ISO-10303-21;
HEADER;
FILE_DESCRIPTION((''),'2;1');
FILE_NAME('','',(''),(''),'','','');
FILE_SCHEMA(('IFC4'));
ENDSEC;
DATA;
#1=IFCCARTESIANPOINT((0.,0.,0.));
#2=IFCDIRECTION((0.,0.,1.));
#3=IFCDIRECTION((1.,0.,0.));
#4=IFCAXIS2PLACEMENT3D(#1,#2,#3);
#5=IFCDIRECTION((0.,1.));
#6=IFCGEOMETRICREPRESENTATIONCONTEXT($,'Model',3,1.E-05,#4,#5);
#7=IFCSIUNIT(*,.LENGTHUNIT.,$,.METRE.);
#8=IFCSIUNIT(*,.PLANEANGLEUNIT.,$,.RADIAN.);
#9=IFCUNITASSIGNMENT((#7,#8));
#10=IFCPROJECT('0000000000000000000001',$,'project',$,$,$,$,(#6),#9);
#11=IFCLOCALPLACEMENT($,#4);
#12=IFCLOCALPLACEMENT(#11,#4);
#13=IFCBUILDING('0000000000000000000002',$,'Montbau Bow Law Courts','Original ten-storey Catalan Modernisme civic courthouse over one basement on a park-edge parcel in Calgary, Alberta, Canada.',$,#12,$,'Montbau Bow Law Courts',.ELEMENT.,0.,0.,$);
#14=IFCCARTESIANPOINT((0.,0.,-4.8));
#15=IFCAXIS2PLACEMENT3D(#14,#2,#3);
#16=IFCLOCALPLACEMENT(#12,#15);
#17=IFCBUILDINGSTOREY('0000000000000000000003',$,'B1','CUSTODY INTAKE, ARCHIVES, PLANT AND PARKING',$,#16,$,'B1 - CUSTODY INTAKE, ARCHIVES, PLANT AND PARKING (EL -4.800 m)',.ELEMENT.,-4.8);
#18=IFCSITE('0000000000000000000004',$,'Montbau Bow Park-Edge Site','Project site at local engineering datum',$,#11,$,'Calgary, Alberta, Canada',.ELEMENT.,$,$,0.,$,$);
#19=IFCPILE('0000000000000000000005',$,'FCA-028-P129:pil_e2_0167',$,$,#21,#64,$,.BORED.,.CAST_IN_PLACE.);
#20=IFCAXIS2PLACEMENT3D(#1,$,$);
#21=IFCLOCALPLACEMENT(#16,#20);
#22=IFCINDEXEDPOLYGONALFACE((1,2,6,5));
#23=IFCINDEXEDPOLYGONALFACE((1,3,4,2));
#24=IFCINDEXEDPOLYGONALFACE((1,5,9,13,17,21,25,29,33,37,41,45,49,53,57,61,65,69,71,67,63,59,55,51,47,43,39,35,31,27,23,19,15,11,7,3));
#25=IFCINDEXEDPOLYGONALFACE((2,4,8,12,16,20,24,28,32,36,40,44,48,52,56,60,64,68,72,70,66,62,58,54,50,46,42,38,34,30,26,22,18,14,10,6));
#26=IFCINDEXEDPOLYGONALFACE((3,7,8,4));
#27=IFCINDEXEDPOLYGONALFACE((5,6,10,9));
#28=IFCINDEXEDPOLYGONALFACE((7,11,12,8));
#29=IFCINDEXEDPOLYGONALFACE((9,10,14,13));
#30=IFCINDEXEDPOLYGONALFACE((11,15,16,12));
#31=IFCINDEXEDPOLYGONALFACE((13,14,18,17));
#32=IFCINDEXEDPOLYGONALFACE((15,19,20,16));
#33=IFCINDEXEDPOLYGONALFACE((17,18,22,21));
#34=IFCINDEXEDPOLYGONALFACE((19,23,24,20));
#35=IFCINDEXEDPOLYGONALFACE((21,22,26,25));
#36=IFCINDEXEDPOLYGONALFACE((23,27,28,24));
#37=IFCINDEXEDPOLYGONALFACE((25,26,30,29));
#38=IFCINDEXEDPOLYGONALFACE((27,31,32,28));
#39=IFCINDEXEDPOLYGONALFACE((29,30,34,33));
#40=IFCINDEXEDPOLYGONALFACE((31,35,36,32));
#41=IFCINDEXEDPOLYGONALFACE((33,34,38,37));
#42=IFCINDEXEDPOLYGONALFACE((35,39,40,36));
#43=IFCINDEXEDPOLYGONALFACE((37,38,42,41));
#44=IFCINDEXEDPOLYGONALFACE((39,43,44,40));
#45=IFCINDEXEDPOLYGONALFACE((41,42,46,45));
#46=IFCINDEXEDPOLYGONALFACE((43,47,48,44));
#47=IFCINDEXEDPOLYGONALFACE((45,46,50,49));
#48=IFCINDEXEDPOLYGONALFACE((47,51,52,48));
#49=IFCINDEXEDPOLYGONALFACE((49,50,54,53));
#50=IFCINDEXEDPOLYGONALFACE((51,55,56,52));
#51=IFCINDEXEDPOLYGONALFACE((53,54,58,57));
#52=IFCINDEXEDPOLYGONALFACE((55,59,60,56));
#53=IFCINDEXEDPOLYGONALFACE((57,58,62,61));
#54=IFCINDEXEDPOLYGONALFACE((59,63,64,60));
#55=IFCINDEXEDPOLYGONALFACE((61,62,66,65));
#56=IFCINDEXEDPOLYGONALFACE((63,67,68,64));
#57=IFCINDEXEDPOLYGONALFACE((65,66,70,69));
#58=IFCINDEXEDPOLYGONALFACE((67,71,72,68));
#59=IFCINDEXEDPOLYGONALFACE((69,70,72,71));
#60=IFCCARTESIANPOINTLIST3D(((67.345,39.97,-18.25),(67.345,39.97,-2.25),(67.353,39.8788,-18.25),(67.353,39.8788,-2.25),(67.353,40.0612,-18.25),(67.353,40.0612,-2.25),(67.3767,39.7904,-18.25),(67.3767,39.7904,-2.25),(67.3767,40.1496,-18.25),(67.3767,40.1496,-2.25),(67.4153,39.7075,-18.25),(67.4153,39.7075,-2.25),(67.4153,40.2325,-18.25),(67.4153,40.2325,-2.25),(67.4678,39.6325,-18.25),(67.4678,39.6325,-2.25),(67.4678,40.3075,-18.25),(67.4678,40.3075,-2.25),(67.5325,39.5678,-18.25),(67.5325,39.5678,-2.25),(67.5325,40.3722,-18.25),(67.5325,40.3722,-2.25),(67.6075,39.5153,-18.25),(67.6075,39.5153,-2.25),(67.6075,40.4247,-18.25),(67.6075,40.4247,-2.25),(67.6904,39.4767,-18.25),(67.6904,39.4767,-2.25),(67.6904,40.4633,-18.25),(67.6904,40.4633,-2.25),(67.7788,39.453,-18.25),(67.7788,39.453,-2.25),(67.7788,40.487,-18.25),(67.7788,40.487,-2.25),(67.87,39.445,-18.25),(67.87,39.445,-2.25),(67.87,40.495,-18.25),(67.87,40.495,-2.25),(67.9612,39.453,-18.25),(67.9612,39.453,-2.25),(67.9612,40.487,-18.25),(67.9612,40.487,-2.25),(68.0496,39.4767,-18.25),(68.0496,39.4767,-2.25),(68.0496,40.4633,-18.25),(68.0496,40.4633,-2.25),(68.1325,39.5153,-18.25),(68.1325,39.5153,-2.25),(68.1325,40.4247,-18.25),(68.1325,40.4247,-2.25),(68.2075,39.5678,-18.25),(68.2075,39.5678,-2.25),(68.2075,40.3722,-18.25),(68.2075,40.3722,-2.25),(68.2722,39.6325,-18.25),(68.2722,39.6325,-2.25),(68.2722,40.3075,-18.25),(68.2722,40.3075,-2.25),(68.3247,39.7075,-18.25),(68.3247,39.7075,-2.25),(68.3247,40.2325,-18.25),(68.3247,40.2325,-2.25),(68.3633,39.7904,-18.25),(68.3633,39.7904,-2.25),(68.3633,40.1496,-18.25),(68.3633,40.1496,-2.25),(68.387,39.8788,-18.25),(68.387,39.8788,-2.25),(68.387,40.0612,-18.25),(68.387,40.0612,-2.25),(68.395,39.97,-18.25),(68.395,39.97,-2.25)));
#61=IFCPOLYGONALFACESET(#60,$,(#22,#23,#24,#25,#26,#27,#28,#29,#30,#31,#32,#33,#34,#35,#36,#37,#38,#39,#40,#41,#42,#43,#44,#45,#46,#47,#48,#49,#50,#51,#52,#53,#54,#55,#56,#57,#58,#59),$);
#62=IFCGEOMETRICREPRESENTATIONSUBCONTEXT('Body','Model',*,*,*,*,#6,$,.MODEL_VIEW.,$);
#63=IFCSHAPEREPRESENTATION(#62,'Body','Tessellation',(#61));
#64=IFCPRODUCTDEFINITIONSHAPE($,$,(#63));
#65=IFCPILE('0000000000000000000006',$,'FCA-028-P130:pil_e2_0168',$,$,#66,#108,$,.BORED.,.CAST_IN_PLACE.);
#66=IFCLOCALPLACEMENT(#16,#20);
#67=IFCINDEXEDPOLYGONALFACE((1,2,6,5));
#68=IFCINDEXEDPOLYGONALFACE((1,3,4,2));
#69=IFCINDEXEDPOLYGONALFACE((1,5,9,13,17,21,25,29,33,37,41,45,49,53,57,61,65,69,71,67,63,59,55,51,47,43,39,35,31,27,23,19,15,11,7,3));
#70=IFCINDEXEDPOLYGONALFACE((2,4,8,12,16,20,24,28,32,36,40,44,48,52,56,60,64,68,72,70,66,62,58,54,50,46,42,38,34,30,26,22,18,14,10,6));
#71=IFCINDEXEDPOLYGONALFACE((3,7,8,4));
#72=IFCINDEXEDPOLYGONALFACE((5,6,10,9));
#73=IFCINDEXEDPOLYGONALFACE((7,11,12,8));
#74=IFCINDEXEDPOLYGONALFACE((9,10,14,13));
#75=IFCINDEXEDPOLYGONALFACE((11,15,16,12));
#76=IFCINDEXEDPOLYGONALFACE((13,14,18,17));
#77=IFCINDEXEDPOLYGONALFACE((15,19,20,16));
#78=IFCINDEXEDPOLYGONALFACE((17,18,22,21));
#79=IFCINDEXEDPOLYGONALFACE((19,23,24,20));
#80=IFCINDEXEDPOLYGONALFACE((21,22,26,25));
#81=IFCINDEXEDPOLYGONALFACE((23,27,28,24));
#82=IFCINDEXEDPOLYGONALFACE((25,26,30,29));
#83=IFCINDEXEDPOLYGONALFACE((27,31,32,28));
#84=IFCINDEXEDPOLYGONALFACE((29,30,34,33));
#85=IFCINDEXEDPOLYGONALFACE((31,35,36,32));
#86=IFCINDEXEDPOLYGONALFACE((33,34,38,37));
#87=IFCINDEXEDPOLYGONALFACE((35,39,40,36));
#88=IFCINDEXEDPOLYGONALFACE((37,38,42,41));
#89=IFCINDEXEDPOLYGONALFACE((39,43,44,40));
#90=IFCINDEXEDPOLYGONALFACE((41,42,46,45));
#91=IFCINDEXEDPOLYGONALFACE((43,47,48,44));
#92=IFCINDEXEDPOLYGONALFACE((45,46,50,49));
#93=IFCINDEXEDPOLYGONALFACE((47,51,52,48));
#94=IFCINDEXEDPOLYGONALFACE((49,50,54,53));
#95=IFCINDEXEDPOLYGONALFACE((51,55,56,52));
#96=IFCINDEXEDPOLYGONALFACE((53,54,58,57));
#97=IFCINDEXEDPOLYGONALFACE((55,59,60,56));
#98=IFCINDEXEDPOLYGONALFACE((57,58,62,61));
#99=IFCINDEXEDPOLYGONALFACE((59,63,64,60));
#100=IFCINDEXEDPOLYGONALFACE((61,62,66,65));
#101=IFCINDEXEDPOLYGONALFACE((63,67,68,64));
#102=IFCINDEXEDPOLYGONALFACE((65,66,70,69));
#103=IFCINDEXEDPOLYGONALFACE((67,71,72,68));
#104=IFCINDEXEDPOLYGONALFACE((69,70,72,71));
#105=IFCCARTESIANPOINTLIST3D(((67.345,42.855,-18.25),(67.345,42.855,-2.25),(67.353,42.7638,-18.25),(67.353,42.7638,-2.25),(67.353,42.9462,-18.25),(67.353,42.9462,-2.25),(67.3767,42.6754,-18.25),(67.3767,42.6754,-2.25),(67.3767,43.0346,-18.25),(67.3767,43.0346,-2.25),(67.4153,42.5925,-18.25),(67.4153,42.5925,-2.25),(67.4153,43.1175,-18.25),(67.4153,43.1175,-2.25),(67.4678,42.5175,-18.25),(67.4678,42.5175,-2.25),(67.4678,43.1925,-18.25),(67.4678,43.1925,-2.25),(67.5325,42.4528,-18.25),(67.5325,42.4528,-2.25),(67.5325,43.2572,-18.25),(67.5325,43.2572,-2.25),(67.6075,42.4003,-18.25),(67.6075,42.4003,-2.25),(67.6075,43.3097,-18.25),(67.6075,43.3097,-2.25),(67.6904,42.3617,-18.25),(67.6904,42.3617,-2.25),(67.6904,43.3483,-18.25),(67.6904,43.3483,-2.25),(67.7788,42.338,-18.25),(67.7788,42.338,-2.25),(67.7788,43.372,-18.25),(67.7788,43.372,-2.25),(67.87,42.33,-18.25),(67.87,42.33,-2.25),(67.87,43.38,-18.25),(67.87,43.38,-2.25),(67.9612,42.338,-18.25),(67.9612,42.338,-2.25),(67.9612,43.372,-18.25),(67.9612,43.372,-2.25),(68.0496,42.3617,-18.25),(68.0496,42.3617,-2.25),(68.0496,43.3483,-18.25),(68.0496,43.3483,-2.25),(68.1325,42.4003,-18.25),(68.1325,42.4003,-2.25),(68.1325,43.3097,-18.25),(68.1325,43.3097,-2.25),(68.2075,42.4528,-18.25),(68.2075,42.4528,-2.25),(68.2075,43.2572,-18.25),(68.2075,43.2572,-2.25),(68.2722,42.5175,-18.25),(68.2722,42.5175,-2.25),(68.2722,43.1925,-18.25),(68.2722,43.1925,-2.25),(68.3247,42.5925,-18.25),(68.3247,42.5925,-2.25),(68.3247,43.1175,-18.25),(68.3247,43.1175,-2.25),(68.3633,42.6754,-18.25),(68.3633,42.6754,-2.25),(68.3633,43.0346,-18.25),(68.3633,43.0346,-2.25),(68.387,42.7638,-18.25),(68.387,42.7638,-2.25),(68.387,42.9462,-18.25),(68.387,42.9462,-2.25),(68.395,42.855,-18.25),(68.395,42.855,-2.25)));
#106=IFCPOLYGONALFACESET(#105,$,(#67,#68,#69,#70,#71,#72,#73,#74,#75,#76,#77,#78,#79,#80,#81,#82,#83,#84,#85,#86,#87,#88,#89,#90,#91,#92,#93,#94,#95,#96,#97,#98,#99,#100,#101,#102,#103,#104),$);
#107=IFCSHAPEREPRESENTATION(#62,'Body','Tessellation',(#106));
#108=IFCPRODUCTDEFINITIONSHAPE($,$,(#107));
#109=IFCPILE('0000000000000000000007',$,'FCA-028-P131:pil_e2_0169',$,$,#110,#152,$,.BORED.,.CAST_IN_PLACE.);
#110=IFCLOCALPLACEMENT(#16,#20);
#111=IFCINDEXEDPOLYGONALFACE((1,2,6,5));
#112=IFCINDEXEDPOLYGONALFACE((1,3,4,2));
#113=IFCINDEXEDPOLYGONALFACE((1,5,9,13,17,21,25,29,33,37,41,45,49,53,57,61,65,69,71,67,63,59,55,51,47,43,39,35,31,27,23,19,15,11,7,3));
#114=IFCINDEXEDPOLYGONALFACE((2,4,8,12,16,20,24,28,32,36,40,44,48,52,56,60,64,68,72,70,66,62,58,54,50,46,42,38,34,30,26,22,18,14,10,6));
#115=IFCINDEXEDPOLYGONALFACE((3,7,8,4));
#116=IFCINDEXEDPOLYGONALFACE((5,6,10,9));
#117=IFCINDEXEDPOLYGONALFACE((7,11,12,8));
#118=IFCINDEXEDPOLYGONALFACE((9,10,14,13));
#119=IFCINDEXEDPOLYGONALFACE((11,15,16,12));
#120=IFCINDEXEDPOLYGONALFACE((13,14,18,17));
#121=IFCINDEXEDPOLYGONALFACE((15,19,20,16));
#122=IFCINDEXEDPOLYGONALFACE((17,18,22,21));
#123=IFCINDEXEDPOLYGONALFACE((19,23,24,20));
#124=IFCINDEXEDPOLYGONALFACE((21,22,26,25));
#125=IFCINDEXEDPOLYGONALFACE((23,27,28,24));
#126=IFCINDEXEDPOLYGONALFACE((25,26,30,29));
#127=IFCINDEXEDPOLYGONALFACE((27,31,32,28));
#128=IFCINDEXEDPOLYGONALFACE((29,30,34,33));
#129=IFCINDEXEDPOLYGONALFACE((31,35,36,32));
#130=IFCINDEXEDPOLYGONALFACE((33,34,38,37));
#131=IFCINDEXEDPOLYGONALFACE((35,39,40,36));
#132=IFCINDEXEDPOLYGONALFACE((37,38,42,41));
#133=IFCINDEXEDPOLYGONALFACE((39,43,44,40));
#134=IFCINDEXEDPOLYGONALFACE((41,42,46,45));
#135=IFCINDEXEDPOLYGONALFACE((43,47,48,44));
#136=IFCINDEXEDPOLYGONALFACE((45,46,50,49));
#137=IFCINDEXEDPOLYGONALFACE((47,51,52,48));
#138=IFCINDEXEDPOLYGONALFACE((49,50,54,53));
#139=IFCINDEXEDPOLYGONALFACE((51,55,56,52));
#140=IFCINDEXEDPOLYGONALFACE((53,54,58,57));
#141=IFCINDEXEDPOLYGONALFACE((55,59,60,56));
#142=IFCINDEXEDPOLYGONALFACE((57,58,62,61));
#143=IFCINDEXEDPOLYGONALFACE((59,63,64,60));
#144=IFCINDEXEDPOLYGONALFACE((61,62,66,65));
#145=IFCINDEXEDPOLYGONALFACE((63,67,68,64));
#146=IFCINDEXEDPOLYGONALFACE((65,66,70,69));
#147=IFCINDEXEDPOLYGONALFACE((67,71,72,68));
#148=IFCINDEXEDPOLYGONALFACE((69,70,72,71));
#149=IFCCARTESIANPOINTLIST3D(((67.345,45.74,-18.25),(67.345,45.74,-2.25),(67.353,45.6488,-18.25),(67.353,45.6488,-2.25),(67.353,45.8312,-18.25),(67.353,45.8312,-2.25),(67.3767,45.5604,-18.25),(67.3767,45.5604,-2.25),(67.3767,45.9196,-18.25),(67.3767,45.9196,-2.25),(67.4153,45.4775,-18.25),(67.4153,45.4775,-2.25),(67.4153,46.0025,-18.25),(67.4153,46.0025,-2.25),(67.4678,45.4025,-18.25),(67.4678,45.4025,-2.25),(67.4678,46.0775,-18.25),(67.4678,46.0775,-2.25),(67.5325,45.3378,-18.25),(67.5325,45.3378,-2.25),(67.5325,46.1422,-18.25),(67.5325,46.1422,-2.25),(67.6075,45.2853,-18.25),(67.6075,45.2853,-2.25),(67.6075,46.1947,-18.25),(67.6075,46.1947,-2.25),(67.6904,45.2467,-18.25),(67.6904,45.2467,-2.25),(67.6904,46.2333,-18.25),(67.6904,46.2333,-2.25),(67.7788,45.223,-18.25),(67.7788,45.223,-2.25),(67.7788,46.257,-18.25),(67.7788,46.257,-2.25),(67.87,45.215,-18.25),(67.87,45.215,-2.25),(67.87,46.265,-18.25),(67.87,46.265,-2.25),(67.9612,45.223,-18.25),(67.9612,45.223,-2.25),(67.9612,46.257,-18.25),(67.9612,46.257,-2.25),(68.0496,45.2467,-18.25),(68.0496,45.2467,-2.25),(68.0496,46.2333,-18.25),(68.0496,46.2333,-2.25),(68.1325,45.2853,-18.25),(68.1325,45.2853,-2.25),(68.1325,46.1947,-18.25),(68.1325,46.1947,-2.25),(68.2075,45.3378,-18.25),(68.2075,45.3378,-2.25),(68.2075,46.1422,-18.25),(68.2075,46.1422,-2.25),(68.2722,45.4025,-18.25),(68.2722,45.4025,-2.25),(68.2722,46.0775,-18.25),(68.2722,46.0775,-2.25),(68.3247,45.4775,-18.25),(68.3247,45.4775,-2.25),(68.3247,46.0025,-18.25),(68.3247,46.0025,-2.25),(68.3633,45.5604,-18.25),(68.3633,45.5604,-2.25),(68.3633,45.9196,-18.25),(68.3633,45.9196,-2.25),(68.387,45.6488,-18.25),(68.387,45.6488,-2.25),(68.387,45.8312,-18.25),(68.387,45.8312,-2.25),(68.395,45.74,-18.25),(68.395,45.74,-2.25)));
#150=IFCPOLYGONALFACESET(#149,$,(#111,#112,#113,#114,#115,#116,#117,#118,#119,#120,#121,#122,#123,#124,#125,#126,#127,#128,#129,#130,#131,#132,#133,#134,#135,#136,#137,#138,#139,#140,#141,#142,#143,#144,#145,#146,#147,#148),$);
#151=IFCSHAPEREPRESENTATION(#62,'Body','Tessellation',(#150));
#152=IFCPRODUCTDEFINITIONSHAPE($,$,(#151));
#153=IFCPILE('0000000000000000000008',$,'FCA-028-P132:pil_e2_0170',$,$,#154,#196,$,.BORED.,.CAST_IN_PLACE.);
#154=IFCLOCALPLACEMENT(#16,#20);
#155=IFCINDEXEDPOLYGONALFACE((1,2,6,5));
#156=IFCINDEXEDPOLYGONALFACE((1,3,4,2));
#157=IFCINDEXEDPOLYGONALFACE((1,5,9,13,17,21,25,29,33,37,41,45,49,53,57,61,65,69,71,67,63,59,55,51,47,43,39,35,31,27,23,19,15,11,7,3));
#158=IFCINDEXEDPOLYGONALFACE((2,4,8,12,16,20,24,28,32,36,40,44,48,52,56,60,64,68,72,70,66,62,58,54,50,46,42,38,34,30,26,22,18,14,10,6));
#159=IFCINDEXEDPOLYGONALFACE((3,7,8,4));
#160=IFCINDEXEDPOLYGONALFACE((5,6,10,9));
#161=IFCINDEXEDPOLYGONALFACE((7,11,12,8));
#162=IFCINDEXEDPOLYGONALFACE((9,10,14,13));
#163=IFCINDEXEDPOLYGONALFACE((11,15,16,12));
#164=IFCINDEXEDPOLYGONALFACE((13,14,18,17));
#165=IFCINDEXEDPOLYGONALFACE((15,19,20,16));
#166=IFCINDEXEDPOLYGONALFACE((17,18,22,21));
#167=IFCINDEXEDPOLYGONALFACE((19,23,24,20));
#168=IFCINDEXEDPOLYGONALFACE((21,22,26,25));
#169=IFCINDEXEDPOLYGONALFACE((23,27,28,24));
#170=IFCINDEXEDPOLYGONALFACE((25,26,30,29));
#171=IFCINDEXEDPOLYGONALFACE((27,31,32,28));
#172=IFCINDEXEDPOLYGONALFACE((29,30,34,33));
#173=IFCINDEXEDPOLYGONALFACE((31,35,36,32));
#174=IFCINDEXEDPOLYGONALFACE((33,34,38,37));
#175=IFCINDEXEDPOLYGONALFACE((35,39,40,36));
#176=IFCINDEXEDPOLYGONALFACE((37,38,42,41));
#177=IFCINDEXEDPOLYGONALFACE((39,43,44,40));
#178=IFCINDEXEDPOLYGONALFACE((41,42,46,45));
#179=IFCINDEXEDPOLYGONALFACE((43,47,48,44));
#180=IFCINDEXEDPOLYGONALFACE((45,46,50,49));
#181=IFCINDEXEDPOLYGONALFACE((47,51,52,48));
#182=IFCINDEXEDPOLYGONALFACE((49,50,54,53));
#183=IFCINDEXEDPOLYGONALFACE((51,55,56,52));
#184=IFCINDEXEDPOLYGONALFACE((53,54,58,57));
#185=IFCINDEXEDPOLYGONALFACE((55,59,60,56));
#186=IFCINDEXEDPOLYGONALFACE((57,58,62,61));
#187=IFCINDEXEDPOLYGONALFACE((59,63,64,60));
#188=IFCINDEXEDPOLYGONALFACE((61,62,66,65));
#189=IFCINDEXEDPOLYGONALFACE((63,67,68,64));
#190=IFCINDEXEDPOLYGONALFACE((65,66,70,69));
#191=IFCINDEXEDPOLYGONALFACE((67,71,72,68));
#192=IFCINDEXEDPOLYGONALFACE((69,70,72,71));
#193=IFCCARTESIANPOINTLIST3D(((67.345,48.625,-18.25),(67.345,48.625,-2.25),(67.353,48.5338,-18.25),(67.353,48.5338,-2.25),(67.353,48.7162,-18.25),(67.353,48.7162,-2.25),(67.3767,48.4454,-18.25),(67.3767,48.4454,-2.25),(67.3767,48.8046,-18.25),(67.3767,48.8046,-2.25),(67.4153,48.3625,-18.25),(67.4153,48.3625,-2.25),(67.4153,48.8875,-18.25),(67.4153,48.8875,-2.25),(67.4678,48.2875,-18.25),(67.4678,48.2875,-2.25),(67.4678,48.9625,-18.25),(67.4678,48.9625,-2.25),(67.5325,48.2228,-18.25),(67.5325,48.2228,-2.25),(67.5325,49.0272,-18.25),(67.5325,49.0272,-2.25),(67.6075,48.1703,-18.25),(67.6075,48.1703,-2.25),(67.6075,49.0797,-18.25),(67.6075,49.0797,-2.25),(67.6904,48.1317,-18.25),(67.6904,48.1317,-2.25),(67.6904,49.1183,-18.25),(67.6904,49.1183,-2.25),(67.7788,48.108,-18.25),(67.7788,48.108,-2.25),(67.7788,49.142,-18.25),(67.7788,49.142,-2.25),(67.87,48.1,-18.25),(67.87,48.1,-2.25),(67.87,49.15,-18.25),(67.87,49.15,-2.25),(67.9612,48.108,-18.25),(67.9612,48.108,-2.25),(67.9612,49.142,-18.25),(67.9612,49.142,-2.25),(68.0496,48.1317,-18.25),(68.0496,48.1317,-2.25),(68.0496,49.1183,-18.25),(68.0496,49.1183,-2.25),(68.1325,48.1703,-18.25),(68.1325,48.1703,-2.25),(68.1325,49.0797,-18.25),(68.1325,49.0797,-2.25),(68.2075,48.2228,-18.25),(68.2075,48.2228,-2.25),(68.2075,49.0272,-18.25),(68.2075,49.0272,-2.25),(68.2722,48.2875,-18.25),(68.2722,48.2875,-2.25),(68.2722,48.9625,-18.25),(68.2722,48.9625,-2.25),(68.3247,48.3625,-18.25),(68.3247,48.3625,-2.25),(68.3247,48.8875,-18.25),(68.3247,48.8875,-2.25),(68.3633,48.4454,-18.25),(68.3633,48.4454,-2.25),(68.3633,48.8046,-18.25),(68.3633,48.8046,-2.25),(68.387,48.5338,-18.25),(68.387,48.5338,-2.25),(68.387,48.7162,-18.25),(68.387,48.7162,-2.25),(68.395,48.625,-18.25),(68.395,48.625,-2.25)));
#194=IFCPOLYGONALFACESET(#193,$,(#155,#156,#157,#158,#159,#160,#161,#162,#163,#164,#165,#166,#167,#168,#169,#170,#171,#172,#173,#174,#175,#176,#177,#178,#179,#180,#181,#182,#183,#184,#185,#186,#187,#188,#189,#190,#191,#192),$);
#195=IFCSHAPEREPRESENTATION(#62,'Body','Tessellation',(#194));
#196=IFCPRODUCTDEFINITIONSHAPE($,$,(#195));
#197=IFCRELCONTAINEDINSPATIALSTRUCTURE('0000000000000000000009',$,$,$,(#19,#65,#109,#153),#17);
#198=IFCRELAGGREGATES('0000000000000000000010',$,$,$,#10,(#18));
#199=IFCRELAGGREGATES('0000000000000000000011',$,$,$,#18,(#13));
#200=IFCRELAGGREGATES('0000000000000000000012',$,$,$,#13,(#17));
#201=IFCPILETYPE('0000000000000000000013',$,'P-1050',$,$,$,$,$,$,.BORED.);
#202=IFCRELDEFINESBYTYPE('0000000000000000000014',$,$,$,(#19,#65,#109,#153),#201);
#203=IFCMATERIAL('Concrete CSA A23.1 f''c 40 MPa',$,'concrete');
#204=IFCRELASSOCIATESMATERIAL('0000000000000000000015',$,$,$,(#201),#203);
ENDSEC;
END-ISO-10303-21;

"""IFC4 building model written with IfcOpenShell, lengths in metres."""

from ifc_helpers import new_model, si_unit, direction, frame, origin_with_axes, origin_2d_with_axis, place, context, subcontext, project, spatial, circle, extrude, material, material_profile, profile_set, type_object, element, save


model = new_model("IFC4")

# Units and contexts
model_context = context("Model", 3, precision=1e-05, world=origin_with_axes(), true_north=direction((0.0, 1.0)))
body_context = subcontext(model_context, "Body", "Model", "MODEL_VIEW")
ifc_project = project(units=[si_unit("LENGTHUNIT", "METRE"), si_unit("PLANEANGLEUNIT", "RADIAN")], contexts=[model_context])

# Site, building, storey
site_placement = place(None, origin_with_axes())
site = spatial("IfcSite", under=ifc_project, at=site_placement, Name="Montbau Bow Park-Edge Site", Description="Project site at local engineering datum", LongName="Calgary, Alberta, Canada", CompositionType="ELEMENT", RefElevation=0.0)
building_placement = place(site_placement, origin_with_axes())
building = spatial("IfcBuilding", under=site, at=building_placement, Name="Montbau Bow Law Courts", Description="Original ten-storey Catalan Modernisme civic courthouse over one basement on a park-edge parcel in Calgary, Alberta, Canada.", LongName="Montbau Bow Law Courts", CompositionType="ELEMENT", ElevationOfRefHeight=0.0, ElevationOfTerrain=0.0)
storey_placement = place(building_placement, frame((0.0, 0.0, -4.8), z_axis=(0.0, 0.0, 1.0), x_axis=(1.0, 0.0, 0.0)))
storey = spatial("IfcBuildingStorey", under=building, at=storey_placement, Name="B1", Description="CUSTODY INTAKE, ARCHIVES, PLANT AND PARKING", LongName="B1 - CUSTODY INTAKE, ARCHIVES, PLANT AND PARKING (EL -4.800 m)", CompositionType="ELEMENT", Elevation=-4.8)

# Piles
ifc_material_1 = material(Name="Concrete CSA A23.1 f'c 40 MPa", Category="concrete")
ifc_material_profile_1 = material_profile(ifc_material_1, circle(Radius=0.525, at=origin_2d_with_axis()), Name="BP1050", Category="Main", Priority=0)
ifc_profile_set_1 = profile_set([ifc_material_profile_1], Name="Concrete CSA A23.1 f'c 40 MPa")
pile_type = type_object("IfcPileType", Name="P-1050", PredefinedType="BORED", material=ifc_profile_set_1)
for number, where, z_axis, x_axis, name in (
    (1, (67.87, 39.97, -23.05), (0.0, 0.0, 1.0), (1.0, 0.0, 0.0), "FCA-028-P129:pil_e2_0167"),
    (2, (67.87, 42.855, -23.05), (0.0, 0.0, 1.0), (1.0, 0.0, 0.0), "FCA-028-P130:pil_e2_0168"),
    (3, (67.87, 45.74, -23.05), (0.0, 0.0, 1.0), (1.0, 0.0, 0.0), "FCA-028-P131:pil_e2_0169"),
    (4, (67.87, 48.625, -23.05), (0.0, 0.0, 1.0), (1.0, 0.0, 0.0), "FCA-028-P132:pil_e2_0170"),
):
    element("IfcPile", number, at=place(None, frame(where, z_axis=z_axis, x_axis=x_axis)), inside=storey, type_object=pile_type, Name=name, ConstructionType="CAST_IN_PLACE", PredefinedType="BORED", context=body_context, shape_type="SweptSolid", body=[
        extrude(circle(Radius=0.525, at=origin_2d_with_axis()), origin_with_axes(), (0.0, 0.0, 1.0), 16.0),
    ])

save(model, "model.ifc")
